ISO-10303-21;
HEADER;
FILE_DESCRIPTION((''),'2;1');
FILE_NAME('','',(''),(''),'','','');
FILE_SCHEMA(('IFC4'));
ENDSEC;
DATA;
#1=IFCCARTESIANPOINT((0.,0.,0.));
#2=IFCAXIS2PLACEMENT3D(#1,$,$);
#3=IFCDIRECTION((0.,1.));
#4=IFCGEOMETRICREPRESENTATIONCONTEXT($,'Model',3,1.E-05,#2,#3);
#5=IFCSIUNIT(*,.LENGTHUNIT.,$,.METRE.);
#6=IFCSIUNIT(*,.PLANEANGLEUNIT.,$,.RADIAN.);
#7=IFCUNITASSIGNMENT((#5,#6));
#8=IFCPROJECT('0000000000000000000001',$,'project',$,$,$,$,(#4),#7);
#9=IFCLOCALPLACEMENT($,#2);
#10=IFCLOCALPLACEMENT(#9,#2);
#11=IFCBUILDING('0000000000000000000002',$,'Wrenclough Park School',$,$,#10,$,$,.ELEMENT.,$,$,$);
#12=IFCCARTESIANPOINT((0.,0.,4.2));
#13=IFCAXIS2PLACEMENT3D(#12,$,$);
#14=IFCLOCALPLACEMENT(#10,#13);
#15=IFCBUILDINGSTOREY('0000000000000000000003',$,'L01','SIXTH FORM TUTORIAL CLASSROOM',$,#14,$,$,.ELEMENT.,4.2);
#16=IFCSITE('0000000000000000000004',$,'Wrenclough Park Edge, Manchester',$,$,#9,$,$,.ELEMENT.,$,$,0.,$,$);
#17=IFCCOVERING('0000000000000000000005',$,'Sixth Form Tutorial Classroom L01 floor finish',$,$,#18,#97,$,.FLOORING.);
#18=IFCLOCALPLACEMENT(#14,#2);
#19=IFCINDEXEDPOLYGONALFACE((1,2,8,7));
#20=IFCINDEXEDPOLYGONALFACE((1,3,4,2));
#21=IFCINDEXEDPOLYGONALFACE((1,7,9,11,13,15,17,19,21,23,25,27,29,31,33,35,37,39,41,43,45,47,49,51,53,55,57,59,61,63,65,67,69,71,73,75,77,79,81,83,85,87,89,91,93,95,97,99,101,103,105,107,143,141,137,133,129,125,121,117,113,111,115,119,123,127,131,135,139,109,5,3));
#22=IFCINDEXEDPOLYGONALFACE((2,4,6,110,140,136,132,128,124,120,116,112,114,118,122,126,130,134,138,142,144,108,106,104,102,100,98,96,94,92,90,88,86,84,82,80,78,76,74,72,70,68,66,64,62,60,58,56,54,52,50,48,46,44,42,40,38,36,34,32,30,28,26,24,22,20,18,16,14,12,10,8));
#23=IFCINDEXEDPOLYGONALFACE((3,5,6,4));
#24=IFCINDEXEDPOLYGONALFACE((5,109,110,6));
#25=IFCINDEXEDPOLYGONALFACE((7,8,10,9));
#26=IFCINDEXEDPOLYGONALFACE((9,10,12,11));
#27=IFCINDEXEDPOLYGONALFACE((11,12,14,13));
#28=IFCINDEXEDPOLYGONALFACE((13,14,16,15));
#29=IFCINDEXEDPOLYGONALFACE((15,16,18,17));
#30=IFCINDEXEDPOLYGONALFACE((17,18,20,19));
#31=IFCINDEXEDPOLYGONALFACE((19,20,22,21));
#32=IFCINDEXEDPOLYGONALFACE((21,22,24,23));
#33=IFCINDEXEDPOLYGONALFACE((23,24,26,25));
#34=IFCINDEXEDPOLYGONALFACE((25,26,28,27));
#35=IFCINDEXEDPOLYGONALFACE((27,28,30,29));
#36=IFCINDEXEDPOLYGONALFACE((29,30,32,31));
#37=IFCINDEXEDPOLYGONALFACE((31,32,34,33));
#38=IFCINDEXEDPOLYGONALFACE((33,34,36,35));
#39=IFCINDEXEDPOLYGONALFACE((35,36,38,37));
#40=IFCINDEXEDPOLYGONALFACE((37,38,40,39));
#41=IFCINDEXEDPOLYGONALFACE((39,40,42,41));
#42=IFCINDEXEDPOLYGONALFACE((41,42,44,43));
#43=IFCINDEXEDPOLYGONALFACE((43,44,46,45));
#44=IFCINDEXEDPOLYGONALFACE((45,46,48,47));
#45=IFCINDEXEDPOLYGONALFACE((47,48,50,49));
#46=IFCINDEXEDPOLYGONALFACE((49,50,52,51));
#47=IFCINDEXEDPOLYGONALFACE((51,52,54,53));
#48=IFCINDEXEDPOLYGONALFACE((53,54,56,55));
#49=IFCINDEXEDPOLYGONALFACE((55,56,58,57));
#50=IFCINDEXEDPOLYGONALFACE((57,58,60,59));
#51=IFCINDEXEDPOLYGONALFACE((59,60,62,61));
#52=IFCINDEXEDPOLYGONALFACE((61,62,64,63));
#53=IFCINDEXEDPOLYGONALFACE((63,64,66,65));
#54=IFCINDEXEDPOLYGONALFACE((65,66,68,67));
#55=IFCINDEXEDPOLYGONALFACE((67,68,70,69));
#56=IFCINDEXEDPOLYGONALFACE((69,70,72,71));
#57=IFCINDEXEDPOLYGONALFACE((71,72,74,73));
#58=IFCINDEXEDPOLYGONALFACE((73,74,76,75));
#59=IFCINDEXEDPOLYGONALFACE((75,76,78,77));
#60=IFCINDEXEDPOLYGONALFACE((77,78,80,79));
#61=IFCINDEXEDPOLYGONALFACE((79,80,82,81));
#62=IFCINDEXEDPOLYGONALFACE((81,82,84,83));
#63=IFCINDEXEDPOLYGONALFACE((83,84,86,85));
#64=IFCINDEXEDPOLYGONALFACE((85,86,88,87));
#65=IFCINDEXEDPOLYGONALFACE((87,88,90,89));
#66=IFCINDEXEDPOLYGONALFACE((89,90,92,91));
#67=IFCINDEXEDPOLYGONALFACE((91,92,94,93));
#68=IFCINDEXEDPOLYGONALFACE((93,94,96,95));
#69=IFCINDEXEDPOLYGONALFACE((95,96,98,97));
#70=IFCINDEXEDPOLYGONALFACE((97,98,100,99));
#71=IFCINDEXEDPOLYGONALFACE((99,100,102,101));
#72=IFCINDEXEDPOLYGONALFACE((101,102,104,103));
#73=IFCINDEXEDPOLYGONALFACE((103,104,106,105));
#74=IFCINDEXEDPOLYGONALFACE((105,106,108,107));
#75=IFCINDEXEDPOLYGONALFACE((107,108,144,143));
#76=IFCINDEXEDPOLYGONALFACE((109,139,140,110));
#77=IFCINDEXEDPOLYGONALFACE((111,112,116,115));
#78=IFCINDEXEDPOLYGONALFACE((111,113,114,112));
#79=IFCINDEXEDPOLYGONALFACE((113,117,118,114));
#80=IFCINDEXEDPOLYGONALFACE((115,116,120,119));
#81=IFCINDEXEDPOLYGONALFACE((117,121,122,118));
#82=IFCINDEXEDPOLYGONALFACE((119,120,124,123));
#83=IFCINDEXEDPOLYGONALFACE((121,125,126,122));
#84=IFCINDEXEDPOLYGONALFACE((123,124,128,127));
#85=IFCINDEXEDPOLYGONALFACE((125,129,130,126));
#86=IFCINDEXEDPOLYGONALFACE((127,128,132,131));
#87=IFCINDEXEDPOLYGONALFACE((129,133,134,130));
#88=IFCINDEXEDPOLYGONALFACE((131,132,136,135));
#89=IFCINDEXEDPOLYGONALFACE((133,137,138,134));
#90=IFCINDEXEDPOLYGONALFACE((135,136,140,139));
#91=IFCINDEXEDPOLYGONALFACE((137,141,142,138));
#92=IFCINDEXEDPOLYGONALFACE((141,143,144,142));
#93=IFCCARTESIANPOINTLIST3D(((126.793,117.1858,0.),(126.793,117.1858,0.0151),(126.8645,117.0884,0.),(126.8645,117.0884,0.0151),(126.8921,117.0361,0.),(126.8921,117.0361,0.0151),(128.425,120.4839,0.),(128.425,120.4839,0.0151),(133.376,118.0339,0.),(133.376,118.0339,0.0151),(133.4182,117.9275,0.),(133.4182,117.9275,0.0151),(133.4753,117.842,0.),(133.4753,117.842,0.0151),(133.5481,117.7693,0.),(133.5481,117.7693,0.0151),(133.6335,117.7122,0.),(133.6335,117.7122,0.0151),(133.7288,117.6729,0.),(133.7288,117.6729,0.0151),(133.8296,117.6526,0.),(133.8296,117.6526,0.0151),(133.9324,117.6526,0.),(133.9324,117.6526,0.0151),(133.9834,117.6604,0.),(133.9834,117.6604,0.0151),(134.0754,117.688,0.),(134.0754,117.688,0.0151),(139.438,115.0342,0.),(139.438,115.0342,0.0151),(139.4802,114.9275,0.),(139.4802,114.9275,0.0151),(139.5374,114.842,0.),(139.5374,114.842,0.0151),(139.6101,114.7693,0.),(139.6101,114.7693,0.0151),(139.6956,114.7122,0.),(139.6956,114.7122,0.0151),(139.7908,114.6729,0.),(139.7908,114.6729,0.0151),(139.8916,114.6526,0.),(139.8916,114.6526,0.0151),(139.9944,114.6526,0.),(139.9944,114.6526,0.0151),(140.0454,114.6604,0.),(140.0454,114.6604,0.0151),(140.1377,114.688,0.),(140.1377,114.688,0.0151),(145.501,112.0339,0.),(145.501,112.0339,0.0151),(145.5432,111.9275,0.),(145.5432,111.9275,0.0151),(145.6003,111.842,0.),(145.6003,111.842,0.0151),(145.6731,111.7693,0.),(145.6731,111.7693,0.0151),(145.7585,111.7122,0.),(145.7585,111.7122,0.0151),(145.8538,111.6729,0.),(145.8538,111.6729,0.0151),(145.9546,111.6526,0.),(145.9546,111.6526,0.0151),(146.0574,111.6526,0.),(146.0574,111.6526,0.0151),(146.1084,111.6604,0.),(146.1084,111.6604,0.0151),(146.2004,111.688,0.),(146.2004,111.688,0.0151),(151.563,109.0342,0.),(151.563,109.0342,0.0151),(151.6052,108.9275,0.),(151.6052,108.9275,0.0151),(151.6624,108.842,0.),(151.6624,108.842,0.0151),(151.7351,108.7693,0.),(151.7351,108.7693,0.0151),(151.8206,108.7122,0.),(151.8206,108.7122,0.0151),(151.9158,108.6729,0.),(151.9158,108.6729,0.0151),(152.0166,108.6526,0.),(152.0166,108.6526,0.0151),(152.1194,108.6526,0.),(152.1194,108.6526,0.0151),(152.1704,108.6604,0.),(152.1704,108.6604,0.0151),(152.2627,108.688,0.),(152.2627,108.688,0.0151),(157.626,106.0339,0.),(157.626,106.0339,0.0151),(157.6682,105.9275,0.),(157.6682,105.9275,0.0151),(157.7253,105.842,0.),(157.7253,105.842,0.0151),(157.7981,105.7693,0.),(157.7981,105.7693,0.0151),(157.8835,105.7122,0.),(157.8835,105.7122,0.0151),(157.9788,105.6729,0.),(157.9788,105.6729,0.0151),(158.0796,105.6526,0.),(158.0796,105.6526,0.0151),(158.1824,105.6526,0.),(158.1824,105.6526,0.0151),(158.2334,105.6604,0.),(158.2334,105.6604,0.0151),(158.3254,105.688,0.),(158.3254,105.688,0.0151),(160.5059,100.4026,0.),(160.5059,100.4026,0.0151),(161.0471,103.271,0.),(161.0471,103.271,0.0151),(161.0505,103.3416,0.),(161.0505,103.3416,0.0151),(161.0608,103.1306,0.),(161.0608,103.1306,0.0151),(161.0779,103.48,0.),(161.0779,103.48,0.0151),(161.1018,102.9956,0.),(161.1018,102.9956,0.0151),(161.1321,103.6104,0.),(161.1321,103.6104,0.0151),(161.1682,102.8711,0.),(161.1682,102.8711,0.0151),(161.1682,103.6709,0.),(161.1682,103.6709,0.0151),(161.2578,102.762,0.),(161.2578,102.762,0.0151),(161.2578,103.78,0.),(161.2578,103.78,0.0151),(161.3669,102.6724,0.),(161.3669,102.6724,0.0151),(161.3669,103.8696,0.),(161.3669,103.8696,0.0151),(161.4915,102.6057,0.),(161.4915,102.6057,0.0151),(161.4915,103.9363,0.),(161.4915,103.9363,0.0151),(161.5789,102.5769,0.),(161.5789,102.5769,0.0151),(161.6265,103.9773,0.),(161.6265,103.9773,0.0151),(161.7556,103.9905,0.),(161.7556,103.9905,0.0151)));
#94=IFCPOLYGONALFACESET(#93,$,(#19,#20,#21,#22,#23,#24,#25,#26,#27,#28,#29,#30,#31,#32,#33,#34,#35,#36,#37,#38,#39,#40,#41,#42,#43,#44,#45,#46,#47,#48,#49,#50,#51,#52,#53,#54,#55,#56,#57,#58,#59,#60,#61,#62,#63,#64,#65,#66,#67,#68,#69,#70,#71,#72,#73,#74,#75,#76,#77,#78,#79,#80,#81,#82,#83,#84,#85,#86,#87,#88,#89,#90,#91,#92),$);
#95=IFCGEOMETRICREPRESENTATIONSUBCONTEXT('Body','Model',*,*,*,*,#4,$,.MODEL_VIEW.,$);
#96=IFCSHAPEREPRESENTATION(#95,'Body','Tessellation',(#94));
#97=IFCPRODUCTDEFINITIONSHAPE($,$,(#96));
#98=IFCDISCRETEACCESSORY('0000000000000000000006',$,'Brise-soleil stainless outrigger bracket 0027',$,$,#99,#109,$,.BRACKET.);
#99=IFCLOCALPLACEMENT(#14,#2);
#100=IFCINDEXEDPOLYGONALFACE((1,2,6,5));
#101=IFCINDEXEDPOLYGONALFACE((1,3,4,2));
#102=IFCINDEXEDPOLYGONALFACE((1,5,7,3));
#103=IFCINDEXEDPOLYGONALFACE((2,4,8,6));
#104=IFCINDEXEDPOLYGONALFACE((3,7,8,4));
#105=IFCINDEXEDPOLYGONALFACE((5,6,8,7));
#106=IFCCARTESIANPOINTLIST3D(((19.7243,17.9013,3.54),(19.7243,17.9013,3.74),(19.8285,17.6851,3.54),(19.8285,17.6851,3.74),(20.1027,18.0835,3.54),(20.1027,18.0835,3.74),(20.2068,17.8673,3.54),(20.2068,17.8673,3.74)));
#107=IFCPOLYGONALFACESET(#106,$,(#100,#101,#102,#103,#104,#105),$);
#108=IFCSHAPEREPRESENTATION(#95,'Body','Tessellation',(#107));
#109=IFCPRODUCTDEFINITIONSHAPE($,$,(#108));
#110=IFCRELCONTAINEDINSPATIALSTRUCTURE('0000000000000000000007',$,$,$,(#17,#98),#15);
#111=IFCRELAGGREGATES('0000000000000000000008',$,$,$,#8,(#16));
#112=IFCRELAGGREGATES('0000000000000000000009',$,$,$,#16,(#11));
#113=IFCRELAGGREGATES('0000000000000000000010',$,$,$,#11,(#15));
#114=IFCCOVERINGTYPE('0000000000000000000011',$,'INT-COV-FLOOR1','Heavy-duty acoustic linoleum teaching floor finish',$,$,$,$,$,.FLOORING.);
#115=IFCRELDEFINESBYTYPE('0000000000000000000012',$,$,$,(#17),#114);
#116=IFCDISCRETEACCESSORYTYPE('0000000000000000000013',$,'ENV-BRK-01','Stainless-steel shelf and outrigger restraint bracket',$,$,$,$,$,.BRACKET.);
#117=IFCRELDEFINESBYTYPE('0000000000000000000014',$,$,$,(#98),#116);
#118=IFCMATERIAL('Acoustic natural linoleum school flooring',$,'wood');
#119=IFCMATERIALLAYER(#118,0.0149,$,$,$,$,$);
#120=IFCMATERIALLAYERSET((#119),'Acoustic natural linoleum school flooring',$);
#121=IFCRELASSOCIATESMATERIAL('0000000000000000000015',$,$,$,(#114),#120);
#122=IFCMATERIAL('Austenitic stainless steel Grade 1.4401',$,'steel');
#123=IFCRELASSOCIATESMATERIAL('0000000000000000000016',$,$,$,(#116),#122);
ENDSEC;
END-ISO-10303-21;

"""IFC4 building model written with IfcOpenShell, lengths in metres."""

from ifc_helpers import new_model, si_unit, direction, frame, origin, origin_2d, place, context, subcontext, project, spatial, polyline, rectangle, outline, extrude, material, layer, layer_set, type_object, element, save


model = new_model("IFC4")

# Units and contexts
model_context = context("Model", 3, precision=1e-05, world=origin(), true_north=direction((0.0, 1.0)))
body_context = subcontext(model_context, "Body", "Model", "MODEL_VIEW")
ifc_project = project(units=[si_unit("LENGTHUNIT", "METRE"), si_unit("PLANEANGLEUNIT", "RADIAN")], contexts=[model_context])

# Site, building, storey
site_placement = place(None, origin())
site = spatial("IfcSite", under=ifc_project, at=site_placement, Name="Wrenclough Park Edge, Manchester", CompositionType="ELEMENT", RefElevation=0.0)
building_placement = place(site_placement, origin())
building = spatial("IfcBuilding", under=site, at=building_placement, Name="Wrenclough Park School", CompositionType="ELEMENT")
storey_placement = place(building_placement, frame((0.0, 0.0, 4.2)))
storey = spatial("IfcBuildingStorey", under=building, at=storey_placement, Name="L01", Description="SIXTH FORM TUTORIAL CLASSROOM", CompositionType="ELEMENT", Elevation=4.2)

# Covering
ifc_material_1 = material(Name="Acoustic natural linoleum school flooring", Category="wood")
ifc_layer_1 = layer(ifc_material_1, 0.0149)
ifc_layer_set_1 = layer_set([ifc_layer_1], Name="Acoustic natural linoleum school flooring")
covering_type_1 = type_object("IfcCoveringType", Name="INT-COV-FLOOR1", Description="Heavy-duty acoustic linoleum teaching floor finish", PredefinedType="FLOORING", material=ifc_layer_set_1)
covering_1_placement = place(storey_placement, origin())
element("IfcCovering", 1, at=covering_1_placement, inside=storey, type_object=covering_type_1, Name="Sixth Form Tutorial Classroom L01 floor finish", PredefinedType="FLOORING", context=body_context, shape_type="SweptSolid", body=[
    extrude(outline(polyline([(126.8645, 117.0884), (126.8921, 117.0361), (160.5059, 100.4026), (161.5789, 102.5769), (161.4915, 102.6057), (161.3669, 102.6724), (161.2578, 102.762), (161.1682, 102.8711), (161.1018, 102.9956), (161.0608, 103.1306), (161.0471, 103.271), (161.0505, 103.3416), (161.0779, 103.48), (161.1321, 103.6104), (161.1682, 103.6709), (161.2578, 103.78), (161.3669, 103.8696), (161.4915, 103.9363), (161.6265, 103.9773), (161.7556, 103.9905), (158.3254, 105.688), (158.2334, 105.6604), (158.1824, 105.6526), (158.0796, 105.6526), (157.9788, 105.6729), (157.8835, 105.7122), (157.7981, 105.7693), (157.7253, 105.842), (157.6682, 105.9275), (157.626, 106.0339), (152.2627, 108.688), (152.1704, 108.6604), (152.1194, 108.6526), (152.0166, 108.6526), (151.9158, 108.6729), (151.8206, 108.7122), (151.7351, 108.7693), (151.6624, 108.842), (151.6052, 108.9275), (151.563, 109.0342), (146.2004, 111.688), (146.1084, 111.6604), (146.0574, 111.6526), (145.9546, 111.6526), (145.8538, 111.6729), (145.7585, 111.7122), (145.6731, 111.7693), (145.6003, 111.842), (145.5432, 111.9275), (145.501, 112.0339), (140.1377, 114.688), (140.0454, 114.6604), (139.9944, 114.6526), (139.8916, 114.6526), (139.7908, 114.6729), (139.6956, 114.7122), (139.6101, 114.7693), (139.5374, 114.842), (139.4802, 114.9275), (139.438, 115.0342), (134.0754, 117.688), (133.9834, 117.6604), (133.9324, 117.6526), (133.8296, 117.6526), (133.7288, 117.6729), (133.6335, 117.7122), (133.5481, 117.7693), (133.4753, 117.842), (133.4182, 117.9275), (133.376, 118.0339), (128.425, 120.4839), (126.793, 117.1858), (126.8645, 117.0884)])), origin(), (0.0, 0.0, 1.0), 0.0151),
])

# Discrete accessory
ifc_material_2 = material(Name="Austenitic stainless steel Grade 1.4401", Category="steel")
discrete_accessory_type = type_object("IfcDiscreteAccessoryType", Name="ENV-BRK-01", Description="Stainless-steel shelf and outrigger restraint bracket", PredefinedType="BRACKET", material=ifc_material_2)
discrete_accessory_placement = place(storey_placement, frame((19.9656, 17.8843, 3.54), z_axis=(0.0, 0.0, 1.0), x_axis=(0.433882, -0.90097, 0.0)))
element("IfcDiscreteAccessory", 2, at=discrete_accessory_placement, inside=storey, type_object=discrete_accessory_type, Name="Brise-soleil stainless outrigger bracket 0027", PredefinedType="BRACKET", context=body_context, shape_type="SweptSolid", body=[
    extrude(rectangle(XDim=0.24, YDim=0.4199, at=origin_2d()), origin(), (0.0, 0.0, 1.0), 0.2),
])

save(model, "model.ifc")
